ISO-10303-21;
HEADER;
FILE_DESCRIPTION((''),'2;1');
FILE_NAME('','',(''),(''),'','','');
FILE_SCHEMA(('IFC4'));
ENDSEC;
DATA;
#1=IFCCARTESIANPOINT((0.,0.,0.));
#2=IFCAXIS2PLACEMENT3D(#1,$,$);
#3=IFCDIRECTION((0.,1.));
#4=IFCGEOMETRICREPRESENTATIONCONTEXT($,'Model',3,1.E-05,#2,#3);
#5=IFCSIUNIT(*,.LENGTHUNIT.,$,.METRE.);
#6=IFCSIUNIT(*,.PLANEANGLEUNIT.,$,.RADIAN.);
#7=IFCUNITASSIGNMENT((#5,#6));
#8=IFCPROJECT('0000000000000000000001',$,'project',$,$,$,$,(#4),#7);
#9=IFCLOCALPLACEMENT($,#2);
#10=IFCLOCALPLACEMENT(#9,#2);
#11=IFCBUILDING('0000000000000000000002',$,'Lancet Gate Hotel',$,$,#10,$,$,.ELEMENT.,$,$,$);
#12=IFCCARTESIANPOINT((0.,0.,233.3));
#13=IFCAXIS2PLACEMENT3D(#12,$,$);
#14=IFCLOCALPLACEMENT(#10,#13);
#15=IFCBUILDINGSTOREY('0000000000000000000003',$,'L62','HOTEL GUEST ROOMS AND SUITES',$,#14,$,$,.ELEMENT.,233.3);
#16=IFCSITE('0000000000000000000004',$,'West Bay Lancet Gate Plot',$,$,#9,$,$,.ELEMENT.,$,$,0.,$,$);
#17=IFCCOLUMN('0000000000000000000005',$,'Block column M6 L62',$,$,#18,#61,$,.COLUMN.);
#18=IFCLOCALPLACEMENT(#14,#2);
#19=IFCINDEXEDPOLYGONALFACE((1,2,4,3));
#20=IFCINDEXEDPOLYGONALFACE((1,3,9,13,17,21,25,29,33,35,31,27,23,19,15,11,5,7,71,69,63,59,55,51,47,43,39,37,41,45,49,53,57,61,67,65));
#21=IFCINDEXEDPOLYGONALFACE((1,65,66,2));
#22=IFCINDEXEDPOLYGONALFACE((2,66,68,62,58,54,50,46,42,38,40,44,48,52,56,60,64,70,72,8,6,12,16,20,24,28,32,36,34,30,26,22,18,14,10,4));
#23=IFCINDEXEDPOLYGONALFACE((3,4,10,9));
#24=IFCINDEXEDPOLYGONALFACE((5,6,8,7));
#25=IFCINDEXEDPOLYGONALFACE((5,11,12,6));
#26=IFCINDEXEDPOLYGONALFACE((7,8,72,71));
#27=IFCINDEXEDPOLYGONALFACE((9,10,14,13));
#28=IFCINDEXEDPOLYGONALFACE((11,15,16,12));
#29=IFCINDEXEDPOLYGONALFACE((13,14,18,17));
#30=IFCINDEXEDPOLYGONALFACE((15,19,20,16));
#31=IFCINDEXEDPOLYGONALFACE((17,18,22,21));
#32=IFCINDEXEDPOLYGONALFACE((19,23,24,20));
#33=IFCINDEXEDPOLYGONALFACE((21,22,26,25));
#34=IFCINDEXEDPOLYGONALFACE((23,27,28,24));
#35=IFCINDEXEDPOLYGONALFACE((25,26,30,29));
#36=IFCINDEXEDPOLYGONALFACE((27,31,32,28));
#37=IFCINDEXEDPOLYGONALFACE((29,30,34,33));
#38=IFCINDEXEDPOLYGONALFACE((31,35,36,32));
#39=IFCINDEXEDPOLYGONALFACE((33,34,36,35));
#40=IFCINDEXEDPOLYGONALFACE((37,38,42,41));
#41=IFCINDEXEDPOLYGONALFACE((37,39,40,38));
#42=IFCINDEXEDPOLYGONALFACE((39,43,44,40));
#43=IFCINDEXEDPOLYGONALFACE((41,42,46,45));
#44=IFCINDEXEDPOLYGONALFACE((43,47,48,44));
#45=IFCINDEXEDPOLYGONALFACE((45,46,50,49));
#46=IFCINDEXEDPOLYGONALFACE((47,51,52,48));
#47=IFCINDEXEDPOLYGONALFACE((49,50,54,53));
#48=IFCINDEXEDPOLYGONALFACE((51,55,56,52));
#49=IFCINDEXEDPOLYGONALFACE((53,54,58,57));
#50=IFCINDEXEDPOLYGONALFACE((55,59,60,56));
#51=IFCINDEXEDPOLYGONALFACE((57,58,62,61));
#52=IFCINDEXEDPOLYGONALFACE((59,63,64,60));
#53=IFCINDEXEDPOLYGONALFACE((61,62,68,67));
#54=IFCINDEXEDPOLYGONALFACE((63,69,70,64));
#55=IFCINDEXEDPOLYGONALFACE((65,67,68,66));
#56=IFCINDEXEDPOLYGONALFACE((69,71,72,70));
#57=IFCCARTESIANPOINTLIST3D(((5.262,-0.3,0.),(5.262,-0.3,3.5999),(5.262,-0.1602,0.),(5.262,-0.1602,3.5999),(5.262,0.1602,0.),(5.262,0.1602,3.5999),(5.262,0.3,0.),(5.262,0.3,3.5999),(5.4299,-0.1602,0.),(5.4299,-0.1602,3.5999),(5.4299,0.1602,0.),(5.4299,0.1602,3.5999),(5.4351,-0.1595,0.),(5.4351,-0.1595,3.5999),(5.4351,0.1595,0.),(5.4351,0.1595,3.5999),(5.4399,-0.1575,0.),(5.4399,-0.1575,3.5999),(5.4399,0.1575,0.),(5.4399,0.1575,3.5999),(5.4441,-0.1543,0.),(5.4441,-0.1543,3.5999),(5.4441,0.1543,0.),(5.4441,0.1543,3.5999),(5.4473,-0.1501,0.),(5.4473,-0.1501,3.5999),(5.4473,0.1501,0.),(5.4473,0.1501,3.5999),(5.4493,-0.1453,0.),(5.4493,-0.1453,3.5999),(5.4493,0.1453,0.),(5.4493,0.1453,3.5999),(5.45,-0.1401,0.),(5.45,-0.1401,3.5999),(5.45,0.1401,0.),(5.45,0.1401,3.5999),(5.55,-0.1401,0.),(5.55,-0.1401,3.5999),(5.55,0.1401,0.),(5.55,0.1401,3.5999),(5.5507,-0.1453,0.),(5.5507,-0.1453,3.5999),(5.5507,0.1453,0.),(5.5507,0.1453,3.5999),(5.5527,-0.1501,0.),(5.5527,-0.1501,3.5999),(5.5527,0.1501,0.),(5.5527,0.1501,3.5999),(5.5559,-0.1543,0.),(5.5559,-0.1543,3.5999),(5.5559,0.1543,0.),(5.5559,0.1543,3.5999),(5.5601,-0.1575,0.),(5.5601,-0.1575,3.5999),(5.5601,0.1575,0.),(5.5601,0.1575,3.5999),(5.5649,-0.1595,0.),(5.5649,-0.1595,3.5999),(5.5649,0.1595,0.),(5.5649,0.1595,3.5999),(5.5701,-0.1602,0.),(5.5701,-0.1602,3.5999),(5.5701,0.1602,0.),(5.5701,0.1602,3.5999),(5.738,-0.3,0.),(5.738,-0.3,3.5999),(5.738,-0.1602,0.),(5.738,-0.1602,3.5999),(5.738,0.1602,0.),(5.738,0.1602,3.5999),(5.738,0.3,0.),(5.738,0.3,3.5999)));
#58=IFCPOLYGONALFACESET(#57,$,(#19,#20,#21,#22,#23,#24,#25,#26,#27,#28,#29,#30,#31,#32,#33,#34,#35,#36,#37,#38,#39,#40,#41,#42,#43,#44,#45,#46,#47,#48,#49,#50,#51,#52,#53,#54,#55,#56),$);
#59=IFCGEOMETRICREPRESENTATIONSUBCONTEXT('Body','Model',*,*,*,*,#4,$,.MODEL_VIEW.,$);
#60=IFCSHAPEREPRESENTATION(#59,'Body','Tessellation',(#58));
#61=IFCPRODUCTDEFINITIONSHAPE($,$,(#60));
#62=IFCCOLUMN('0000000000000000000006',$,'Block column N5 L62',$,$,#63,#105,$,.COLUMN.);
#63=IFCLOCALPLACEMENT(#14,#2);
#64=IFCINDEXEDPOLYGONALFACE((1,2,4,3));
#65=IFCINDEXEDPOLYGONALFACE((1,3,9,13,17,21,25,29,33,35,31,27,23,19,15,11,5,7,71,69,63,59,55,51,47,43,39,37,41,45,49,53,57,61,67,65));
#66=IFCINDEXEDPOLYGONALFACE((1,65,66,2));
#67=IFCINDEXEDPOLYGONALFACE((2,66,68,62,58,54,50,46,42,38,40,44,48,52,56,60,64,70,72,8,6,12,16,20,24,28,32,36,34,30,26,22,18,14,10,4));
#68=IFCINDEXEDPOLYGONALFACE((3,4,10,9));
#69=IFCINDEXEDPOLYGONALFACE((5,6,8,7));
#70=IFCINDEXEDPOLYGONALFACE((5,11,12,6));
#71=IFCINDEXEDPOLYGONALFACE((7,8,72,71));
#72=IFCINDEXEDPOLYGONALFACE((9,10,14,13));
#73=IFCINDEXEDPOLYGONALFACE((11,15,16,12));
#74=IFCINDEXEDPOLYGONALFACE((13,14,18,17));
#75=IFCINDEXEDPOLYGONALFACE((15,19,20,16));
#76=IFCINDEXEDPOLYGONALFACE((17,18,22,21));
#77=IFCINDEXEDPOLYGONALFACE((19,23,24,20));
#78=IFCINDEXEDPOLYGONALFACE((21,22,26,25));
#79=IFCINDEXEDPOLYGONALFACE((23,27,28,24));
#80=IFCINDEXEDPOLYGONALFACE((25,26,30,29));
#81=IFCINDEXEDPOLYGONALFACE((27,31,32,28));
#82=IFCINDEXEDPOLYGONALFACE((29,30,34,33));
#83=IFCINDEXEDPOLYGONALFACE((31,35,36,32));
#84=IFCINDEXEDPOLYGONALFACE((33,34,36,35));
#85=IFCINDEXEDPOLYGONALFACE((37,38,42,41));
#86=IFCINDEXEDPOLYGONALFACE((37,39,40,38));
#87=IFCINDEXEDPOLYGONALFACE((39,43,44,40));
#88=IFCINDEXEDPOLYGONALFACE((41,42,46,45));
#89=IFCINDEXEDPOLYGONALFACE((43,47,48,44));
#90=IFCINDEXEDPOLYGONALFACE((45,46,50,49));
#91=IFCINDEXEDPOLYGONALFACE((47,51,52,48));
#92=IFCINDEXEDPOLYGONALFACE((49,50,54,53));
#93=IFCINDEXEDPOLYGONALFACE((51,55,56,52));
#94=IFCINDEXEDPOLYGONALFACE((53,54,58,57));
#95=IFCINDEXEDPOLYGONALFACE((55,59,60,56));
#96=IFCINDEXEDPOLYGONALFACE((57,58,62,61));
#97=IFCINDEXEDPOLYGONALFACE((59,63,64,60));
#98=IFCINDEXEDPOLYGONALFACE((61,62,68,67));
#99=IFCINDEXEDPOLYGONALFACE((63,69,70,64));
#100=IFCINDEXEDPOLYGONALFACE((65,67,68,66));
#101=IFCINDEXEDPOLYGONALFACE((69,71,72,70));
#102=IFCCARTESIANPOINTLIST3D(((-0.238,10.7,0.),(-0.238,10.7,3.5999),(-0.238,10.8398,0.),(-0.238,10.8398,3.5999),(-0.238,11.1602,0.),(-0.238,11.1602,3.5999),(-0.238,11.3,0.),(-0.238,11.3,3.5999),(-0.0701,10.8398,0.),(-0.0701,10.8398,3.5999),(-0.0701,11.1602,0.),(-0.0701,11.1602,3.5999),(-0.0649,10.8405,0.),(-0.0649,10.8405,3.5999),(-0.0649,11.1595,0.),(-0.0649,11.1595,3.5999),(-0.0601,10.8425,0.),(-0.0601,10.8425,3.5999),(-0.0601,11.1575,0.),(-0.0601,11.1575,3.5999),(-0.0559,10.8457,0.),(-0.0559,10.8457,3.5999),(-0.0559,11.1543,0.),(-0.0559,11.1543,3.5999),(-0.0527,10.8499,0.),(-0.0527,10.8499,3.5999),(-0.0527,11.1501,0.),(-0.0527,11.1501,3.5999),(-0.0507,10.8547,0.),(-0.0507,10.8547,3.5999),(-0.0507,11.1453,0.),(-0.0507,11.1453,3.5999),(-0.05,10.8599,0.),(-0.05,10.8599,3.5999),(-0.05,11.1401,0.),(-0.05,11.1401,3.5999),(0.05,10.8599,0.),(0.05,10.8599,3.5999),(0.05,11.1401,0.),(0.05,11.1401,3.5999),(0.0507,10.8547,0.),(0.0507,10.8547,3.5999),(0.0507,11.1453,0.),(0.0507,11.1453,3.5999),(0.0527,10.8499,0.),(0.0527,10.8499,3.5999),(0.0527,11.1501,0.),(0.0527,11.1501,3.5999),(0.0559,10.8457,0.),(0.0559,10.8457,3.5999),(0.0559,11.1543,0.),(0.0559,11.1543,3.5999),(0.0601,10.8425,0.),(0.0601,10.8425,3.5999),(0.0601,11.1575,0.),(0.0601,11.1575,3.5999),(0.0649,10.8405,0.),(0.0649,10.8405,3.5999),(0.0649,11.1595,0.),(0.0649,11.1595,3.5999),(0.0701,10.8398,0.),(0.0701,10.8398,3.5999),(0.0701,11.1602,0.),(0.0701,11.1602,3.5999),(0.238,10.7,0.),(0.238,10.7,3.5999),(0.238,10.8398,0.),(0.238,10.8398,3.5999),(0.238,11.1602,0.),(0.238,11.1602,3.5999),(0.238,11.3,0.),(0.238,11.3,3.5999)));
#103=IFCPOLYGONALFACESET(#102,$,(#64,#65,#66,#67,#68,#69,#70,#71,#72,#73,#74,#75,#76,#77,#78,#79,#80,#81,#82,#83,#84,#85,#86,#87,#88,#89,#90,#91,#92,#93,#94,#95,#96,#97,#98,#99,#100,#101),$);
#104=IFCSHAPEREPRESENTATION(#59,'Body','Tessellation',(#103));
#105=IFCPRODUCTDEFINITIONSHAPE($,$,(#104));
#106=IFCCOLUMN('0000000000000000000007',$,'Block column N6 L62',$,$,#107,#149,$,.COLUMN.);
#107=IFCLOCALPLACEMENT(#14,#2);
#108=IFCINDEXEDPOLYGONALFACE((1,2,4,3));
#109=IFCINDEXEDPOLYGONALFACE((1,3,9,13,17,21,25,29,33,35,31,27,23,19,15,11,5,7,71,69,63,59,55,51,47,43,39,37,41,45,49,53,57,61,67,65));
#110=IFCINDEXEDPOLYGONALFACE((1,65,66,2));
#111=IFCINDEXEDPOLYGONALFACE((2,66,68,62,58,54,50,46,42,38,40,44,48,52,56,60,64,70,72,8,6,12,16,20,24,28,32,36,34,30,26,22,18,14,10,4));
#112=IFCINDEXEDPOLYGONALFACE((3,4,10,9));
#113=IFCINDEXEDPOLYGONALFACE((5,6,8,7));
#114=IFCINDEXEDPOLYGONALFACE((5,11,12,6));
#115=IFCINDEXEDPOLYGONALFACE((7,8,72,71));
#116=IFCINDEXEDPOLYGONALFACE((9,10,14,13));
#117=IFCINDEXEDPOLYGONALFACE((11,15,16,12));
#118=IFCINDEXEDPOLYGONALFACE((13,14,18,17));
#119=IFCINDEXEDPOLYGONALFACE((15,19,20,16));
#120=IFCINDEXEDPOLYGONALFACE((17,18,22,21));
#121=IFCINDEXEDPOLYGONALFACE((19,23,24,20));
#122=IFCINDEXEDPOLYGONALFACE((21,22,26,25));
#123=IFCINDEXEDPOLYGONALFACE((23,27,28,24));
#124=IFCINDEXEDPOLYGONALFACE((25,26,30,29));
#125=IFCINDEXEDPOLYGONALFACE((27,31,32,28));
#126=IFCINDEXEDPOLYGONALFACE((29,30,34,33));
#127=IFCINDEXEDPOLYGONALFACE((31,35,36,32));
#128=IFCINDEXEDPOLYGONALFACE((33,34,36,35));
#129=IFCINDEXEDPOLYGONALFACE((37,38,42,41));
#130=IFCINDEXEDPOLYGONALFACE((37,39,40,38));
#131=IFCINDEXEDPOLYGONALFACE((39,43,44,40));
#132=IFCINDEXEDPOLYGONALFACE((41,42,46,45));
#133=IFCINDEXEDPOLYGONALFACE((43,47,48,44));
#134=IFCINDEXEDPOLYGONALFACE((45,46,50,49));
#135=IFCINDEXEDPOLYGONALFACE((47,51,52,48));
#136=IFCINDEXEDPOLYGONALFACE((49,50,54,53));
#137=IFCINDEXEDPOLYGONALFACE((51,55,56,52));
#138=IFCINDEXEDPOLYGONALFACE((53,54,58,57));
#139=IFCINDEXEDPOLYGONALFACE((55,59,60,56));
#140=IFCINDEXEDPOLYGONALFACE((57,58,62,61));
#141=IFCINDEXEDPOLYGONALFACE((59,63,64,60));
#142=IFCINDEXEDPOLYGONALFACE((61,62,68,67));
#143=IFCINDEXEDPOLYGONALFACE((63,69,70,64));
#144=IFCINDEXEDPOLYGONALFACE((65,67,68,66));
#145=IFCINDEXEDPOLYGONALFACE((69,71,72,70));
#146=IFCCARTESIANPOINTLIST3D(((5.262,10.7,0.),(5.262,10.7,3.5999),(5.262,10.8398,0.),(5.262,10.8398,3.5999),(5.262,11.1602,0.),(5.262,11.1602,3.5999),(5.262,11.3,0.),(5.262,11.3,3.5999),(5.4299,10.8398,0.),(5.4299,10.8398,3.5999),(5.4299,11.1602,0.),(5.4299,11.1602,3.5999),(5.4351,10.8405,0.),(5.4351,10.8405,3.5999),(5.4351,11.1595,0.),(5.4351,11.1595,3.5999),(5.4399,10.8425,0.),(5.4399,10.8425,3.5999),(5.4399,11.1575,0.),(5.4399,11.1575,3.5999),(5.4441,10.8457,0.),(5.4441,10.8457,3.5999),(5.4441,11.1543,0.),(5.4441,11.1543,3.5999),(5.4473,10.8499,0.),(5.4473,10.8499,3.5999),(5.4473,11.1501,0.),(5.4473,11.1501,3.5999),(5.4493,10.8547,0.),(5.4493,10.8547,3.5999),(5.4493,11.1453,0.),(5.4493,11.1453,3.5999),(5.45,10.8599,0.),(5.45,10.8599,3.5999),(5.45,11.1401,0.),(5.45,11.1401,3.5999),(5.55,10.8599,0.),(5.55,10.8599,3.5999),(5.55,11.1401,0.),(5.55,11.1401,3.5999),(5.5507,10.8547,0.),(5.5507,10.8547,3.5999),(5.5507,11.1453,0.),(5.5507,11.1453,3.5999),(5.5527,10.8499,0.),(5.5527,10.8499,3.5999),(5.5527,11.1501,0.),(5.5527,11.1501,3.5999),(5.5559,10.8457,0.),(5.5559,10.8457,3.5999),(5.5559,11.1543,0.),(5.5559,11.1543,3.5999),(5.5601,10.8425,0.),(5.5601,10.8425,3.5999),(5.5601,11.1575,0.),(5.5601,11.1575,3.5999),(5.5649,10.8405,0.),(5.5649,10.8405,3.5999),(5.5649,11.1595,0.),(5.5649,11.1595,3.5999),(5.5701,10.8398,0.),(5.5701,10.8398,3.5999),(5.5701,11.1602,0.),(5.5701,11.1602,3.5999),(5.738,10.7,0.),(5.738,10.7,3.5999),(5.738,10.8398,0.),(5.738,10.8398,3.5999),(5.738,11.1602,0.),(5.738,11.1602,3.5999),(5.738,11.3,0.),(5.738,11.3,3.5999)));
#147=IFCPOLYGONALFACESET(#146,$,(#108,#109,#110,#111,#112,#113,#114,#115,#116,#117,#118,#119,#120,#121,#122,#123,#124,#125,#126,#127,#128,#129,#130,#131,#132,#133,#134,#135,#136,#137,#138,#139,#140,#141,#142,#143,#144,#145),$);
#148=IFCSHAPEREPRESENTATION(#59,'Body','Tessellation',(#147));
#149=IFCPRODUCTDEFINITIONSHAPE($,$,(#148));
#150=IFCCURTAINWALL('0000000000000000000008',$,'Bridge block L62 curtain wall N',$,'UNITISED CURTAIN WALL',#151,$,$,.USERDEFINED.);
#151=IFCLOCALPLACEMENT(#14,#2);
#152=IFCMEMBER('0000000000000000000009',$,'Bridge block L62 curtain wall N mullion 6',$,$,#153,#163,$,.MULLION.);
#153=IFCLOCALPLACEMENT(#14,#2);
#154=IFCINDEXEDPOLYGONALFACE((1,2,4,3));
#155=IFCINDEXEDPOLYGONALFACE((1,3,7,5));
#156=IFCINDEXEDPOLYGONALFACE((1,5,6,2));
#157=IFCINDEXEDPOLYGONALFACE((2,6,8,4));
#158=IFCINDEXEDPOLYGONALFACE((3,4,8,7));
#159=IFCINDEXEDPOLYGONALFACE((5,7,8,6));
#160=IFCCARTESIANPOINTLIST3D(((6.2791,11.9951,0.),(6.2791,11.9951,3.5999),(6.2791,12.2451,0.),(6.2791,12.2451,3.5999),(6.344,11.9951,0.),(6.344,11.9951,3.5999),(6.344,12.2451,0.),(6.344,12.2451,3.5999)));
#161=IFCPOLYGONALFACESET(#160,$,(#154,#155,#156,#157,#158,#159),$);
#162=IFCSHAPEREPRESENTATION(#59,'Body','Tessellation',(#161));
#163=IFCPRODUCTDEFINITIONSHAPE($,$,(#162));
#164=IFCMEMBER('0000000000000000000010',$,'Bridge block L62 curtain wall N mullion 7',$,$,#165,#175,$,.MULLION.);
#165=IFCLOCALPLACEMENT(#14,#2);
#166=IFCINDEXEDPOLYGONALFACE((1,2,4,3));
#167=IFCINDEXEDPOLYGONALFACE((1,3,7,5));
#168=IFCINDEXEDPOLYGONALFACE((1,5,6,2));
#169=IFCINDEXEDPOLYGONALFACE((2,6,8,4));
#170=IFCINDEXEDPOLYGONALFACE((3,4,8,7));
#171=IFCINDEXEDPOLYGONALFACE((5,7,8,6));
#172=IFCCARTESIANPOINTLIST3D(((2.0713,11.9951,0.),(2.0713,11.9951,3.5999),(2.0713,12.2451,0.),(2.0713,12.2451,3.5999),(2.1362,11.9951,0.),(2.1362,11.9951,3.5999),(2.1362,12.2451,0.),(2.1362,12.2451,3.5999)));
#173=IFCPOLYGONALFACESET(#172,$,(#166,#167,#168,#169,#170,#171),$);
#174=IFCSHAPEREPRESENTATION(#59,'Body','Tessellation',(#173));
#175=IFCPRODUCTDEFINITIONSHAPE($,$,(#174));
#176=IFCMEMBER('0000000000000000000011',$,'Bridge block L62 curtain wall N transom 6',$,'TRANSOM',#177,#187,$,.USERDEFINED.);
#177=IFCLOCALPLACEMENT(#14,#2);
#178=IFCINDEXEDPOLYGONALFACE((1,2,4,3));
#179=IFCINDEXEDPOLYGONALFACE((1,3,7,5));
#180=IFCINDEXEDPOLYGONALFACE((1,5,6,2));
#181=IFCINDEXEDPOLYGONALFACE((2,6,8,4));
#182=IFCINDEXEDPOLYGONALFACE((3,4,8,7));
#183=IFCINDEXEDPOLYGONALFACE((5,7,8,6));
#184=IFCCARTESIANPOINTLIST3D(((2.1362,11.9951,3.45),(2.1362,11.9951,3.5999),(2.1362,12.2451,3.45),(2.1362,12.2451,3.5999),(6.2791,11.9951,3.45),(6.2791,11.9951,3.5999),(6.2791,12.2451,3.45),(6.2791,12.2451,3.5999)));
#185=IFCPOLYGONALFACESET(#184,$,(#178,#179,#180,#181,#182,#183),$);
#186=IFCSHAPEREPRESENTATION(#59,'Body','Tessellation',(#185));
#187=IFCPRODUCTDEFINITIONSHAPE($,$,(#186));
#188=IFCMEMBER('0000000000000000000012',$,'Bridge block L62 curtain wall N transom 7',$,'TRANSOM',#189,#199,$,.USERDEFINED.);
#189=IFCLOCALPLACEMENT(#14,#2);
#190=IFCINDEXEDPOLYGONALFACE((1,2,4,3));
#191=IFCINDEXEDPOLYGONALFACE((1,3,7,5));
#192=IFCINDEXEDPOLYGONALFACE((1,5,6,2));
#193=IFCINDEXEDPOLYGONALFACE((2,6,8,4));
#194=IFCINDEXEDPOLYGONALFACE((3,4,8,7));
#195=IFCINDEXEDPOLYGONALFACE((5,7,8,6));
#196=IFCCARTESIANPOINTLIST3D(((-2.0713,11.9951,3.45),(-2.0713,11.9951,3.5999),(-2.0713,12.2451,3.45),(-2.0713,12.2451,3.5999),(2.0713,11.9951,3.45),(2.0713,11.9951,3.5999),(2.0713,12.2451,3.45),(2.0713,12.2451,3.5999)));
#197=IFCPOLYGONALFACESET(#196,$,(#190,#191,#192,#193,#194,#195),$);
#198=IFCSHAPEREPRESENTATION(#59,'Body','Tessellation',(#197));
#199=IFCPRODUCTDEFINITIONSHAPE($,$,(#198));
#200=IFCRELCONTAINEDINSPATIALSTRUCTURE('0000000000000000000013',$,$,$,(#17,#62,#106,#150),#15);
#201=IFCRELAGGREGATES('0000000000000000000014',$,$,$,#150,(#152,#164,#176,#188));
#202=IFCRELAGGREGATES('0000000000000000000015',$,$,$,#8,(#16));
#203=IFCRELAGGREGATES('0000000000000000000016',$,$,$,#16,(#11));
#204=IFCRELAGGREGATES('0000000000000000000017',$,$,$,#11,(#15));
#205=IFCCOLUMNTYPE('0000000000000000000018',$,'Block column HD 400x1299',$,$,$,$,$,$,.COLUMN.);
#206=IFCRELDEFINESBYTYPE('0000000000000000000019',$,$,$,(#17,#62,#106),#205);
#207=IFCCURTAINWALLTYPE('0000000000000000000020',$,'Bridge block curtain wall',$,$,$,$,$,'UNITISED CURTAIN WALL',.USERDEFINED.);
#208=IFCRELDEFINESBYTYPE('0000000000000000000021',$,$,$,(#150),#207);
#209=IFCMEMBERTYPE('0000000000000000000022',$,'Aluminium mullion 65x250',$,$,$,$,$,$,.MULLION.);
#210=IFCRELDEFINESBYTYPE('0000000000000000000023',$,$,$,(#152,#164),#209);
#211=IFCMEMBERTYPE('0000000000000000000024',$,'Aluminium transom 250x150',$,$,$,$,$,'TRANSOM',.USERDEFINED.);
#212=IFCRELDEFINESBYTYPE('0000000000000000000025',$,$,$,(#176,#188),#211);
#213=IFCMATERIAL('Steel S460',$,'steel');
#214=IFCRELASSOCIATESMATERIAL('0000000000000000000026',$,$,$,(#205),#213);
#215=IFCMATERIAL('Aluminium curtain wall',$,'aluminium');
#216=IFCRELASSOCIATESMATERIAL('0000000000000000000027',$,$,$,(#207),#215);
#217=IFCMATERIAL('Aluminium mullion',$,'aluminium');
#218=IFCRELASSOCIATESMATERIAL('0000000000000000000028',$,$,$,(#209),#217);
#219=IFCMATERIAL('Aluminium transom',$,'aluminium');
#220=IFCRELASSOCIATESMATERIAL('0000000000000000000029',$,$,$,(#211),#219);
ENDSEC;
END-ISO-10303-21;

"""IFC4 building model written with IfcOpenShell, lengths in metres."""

from ifc_helpers import new_model, si_unit, direction, frame, origin, origin_2d, place, context, subcontext, project, spatial, rectangle, i_section, extrude, material, material_profile, profile_set, type_object, element, aggregate, save


model = new_model("IFC4")

# Units and contexts
model_context = context("Model", 3, precision=1e-05, world=origin(), true_north=direction((0.0, 1.0)))
body_context = subcontext(model_context, "Body", "Model", "MODEL_VIEW")
ifc_project = project(units=[si_unit("LENGTHUNIT", "METRE"), si_unit("PLANEANGLEUNIT", "RADIAN")], contexts=[model_context])

# Site, building, storey
site_placement = place(None, origin())
site = spatial("IfcSite", under=ifc_project, at=site_placement, Name="West Bay Lancet Gate Plot", CompositionType="ELEMENT", RefElevation=0.0)
building_placement = place(site_placement, origin())
building = spatial("IfcBuilding", under=site, at=building_placement, Name="Lancet Gate Hotel", CompositionType="ELEMENT")
storey_placement = place(building_placement, frame((0.0, 0.0, 233.3)))
storey = spatial("IfcBuildingStorey", under=building, at=storey_placement, Name="L62", Description="HOTEL GUEST ROOMS AND SUITES", CompositionType="ELEMENT", Elevation=233.3)

# Columns
ifc_material_1 = material(Name="Steel S460", Category="steel")
ifc_material_profile_1 = material_profile(ifc_material_1, i_section(OverallWidth=0.4761, OverallDepth=0.6001, WebThickness=0.1001, FlangeThickness=0.1399, FilletRadius=0.02, at=origin_2d()), Name="HD 400x1299")
ifc_profile_set_1 = profile_set([ifc_material_profile_1], Name="Steel S460")
column_type = type_object("IfcColumnType", Name="Block column HD 400x1299", PredefinedType="COLUMN", material=ifc_profile_set_1)
for number, where, z_axis, x_axis, name in (
    (1, (5.5, 0.0, 0.0), (0.0, 0.0, 1.0), (1.0, 0.0, 0.0), "Block column M6 L62"),
    (2, (0.0, 11.0, 0.0), (0.0, 0.0, 1.0), (1.0, 0.0, 0.0), "Block column N5 L62"),
    (3, (5.5, 11.0, 0.0), (0.0, 0.0, 1.0), (1.0, 0.0, 0.0), "Block column N6 L62"),
):
    element("IfcColumn", number, at=place(storey_placement, frame(where, z_axis=z_axis, x_axis=x_axis)), inside=storey, type_object=column_type, Name=name, PredefinedType="COLUMN", context=body_context, shape_type="SweptSolid", body=[
        extrude(i_section(OverallWidth=0.4761, OverallDepth=0.6001, WebThickness=0.1001, FlangeThickness=0.1399, FilletRadius=0.02, at=origin_2d()), origin(), (0.0, 0.0, 1.0), 3.5999),
    ])

# Curtain wall, members
ifc_material_2 = material(Name="Aluminium curtain wall", Category="aluminium")
curtain_wall_type = type_object("IfcCurtainWallType", Name="Bridge block curtain wall", ElementType="UNITISED CURTAIN WALL", PredefinedType="USERDEFINED", material=ifc_material_2)
curtain_wall_placement = place(storey_placement, origin())
curtain_wall = element("IfcCurtainWall", 4, at=curtain_wall_placement, inside=storey, type_object=curtain_wall_type, Name="Bridge block L62 curtain wall N", ObjectType="UNITISED CURTAIN WALL", PredefinedType="USERDEFINED")
ifc_material_3 = material(Name="Aluminium mullion", Category="aluminium")
ifc_material_profile_2 = material_profile(ifc_material_3, rectangle(XDim=0.0649, YDim=0.25, at=origin_2d()), Name="MULLION 65x250")
ifc_profile_set_2 = profile_set([ifc_material_profile_2], Name="Aluminium mullion")
member_type_1 = type_object("IfcMemberType", Name="Aluminium mullion 65x250", PredefinedType="MULLION", material=ifc_profile_set_2)
member_1_placement = place(storey_placement, frame((6.3115, 12.1201, 0.0), z_axis=(0.0, 0.0, 1.0), x_axis=(-1.0, 0.0, 0.0)))
member_1 = element("IfcMember", 5, at=member_1_placement, type_object=member_type_1, Name="Bridge block L62 curtain wall N mullion 6", PredefinedType="MULLION", context=body_context, shape_type="SweptSolid", body=[
    extrude(rectangle(XDim=0.0649, YDim=0.25, at=origin_2d()), origin(), (0.0, 0.0, 1.0), 3.5999),
])
member_2_placement = place(storey_placement, frame((2.1038, 12.1201, 0.0), z_axis=(0.0, 0.0, 1.0), x_axis=(-1.0, 0.0, 0.0)))
member_2 = element("IfcMember", 6, at=member_2_placement, type_object=member_type_1, Name="Bridge block L62 curtain wall N mullion 7", PredefinedType="MULLION", context=body_context, shape_type="SweptSolid", body=[
    extrude(rectangle(XDim=0.0649, YDim=0.25, at=origin_2d()), origin(), (0.0, 0.0, 1.0), 3.5999),
])
ifc_material_4 = material(Name="Aluminium transom", Category="aluminium")
ifc_material_profile_3 = material_profile(ifc_material_4, rectangle(XDim=0.25, YDim=0.1499, at=origin_2d()), Name="TRANSOM 250x150")
ifc_profile_set_3 = profile_set([ifc_material_profile_3], Name="Aluminium transom")
member_type_2 = type_object("IfcMemberType", Name="Aluminium transom 250x150", ElementType="TRANSOM", PredefinedType="USERDEFINED", material=ifc_profile_set_3)
member_3_placement = place(storey_placement, frame((6.2791, 12.1201, 3.5249), z_axis=(-1.0, 0.0, 0.0), x_axis=(0.0, -1.0, 0.0)))
member_3 = element("IfcMember", 7, at=member_3_placement, type_object=member_type_2, Name="Bridge block L62 curtain wall N transom 6", ObjectType="TRANSOM", PredefinedType="USERDEFINED", context=body_context, shape_type="SweptSolid", body=[
    extrude(rectangle(XDim=0.25, YDim=0.1499, at=origin_2d()), origin(), (0.0, 0.0, 1.0), 4.1428),
])
member_4_placement = place(storey_placement, frame((2.0713, 12.1201, 3.5249), z_axis=(-1.0, 0.0, 0.0), x_axis=(0.0, -1.0, 0.0)))
member_4 = element("IfcMember", 8, at=member_4_placement, type_object=member_type_2, Name="Bridge block L62 curtain wall N transom 7", ObjectType="TRANSOM", PredefinedType="USERDEFINED", context=body_context, shape_type="SweptSolid", body=[
    extrude(rectangle(XDim=0.25, YDim=0.1499, at=origin_2d()), origin(), (0.0, 0.0, 1.0), 4.1426),
])

aggregate(curtain_wall, [member_1, member_2, member_3, member_4])

save(model, "model.ifc")
